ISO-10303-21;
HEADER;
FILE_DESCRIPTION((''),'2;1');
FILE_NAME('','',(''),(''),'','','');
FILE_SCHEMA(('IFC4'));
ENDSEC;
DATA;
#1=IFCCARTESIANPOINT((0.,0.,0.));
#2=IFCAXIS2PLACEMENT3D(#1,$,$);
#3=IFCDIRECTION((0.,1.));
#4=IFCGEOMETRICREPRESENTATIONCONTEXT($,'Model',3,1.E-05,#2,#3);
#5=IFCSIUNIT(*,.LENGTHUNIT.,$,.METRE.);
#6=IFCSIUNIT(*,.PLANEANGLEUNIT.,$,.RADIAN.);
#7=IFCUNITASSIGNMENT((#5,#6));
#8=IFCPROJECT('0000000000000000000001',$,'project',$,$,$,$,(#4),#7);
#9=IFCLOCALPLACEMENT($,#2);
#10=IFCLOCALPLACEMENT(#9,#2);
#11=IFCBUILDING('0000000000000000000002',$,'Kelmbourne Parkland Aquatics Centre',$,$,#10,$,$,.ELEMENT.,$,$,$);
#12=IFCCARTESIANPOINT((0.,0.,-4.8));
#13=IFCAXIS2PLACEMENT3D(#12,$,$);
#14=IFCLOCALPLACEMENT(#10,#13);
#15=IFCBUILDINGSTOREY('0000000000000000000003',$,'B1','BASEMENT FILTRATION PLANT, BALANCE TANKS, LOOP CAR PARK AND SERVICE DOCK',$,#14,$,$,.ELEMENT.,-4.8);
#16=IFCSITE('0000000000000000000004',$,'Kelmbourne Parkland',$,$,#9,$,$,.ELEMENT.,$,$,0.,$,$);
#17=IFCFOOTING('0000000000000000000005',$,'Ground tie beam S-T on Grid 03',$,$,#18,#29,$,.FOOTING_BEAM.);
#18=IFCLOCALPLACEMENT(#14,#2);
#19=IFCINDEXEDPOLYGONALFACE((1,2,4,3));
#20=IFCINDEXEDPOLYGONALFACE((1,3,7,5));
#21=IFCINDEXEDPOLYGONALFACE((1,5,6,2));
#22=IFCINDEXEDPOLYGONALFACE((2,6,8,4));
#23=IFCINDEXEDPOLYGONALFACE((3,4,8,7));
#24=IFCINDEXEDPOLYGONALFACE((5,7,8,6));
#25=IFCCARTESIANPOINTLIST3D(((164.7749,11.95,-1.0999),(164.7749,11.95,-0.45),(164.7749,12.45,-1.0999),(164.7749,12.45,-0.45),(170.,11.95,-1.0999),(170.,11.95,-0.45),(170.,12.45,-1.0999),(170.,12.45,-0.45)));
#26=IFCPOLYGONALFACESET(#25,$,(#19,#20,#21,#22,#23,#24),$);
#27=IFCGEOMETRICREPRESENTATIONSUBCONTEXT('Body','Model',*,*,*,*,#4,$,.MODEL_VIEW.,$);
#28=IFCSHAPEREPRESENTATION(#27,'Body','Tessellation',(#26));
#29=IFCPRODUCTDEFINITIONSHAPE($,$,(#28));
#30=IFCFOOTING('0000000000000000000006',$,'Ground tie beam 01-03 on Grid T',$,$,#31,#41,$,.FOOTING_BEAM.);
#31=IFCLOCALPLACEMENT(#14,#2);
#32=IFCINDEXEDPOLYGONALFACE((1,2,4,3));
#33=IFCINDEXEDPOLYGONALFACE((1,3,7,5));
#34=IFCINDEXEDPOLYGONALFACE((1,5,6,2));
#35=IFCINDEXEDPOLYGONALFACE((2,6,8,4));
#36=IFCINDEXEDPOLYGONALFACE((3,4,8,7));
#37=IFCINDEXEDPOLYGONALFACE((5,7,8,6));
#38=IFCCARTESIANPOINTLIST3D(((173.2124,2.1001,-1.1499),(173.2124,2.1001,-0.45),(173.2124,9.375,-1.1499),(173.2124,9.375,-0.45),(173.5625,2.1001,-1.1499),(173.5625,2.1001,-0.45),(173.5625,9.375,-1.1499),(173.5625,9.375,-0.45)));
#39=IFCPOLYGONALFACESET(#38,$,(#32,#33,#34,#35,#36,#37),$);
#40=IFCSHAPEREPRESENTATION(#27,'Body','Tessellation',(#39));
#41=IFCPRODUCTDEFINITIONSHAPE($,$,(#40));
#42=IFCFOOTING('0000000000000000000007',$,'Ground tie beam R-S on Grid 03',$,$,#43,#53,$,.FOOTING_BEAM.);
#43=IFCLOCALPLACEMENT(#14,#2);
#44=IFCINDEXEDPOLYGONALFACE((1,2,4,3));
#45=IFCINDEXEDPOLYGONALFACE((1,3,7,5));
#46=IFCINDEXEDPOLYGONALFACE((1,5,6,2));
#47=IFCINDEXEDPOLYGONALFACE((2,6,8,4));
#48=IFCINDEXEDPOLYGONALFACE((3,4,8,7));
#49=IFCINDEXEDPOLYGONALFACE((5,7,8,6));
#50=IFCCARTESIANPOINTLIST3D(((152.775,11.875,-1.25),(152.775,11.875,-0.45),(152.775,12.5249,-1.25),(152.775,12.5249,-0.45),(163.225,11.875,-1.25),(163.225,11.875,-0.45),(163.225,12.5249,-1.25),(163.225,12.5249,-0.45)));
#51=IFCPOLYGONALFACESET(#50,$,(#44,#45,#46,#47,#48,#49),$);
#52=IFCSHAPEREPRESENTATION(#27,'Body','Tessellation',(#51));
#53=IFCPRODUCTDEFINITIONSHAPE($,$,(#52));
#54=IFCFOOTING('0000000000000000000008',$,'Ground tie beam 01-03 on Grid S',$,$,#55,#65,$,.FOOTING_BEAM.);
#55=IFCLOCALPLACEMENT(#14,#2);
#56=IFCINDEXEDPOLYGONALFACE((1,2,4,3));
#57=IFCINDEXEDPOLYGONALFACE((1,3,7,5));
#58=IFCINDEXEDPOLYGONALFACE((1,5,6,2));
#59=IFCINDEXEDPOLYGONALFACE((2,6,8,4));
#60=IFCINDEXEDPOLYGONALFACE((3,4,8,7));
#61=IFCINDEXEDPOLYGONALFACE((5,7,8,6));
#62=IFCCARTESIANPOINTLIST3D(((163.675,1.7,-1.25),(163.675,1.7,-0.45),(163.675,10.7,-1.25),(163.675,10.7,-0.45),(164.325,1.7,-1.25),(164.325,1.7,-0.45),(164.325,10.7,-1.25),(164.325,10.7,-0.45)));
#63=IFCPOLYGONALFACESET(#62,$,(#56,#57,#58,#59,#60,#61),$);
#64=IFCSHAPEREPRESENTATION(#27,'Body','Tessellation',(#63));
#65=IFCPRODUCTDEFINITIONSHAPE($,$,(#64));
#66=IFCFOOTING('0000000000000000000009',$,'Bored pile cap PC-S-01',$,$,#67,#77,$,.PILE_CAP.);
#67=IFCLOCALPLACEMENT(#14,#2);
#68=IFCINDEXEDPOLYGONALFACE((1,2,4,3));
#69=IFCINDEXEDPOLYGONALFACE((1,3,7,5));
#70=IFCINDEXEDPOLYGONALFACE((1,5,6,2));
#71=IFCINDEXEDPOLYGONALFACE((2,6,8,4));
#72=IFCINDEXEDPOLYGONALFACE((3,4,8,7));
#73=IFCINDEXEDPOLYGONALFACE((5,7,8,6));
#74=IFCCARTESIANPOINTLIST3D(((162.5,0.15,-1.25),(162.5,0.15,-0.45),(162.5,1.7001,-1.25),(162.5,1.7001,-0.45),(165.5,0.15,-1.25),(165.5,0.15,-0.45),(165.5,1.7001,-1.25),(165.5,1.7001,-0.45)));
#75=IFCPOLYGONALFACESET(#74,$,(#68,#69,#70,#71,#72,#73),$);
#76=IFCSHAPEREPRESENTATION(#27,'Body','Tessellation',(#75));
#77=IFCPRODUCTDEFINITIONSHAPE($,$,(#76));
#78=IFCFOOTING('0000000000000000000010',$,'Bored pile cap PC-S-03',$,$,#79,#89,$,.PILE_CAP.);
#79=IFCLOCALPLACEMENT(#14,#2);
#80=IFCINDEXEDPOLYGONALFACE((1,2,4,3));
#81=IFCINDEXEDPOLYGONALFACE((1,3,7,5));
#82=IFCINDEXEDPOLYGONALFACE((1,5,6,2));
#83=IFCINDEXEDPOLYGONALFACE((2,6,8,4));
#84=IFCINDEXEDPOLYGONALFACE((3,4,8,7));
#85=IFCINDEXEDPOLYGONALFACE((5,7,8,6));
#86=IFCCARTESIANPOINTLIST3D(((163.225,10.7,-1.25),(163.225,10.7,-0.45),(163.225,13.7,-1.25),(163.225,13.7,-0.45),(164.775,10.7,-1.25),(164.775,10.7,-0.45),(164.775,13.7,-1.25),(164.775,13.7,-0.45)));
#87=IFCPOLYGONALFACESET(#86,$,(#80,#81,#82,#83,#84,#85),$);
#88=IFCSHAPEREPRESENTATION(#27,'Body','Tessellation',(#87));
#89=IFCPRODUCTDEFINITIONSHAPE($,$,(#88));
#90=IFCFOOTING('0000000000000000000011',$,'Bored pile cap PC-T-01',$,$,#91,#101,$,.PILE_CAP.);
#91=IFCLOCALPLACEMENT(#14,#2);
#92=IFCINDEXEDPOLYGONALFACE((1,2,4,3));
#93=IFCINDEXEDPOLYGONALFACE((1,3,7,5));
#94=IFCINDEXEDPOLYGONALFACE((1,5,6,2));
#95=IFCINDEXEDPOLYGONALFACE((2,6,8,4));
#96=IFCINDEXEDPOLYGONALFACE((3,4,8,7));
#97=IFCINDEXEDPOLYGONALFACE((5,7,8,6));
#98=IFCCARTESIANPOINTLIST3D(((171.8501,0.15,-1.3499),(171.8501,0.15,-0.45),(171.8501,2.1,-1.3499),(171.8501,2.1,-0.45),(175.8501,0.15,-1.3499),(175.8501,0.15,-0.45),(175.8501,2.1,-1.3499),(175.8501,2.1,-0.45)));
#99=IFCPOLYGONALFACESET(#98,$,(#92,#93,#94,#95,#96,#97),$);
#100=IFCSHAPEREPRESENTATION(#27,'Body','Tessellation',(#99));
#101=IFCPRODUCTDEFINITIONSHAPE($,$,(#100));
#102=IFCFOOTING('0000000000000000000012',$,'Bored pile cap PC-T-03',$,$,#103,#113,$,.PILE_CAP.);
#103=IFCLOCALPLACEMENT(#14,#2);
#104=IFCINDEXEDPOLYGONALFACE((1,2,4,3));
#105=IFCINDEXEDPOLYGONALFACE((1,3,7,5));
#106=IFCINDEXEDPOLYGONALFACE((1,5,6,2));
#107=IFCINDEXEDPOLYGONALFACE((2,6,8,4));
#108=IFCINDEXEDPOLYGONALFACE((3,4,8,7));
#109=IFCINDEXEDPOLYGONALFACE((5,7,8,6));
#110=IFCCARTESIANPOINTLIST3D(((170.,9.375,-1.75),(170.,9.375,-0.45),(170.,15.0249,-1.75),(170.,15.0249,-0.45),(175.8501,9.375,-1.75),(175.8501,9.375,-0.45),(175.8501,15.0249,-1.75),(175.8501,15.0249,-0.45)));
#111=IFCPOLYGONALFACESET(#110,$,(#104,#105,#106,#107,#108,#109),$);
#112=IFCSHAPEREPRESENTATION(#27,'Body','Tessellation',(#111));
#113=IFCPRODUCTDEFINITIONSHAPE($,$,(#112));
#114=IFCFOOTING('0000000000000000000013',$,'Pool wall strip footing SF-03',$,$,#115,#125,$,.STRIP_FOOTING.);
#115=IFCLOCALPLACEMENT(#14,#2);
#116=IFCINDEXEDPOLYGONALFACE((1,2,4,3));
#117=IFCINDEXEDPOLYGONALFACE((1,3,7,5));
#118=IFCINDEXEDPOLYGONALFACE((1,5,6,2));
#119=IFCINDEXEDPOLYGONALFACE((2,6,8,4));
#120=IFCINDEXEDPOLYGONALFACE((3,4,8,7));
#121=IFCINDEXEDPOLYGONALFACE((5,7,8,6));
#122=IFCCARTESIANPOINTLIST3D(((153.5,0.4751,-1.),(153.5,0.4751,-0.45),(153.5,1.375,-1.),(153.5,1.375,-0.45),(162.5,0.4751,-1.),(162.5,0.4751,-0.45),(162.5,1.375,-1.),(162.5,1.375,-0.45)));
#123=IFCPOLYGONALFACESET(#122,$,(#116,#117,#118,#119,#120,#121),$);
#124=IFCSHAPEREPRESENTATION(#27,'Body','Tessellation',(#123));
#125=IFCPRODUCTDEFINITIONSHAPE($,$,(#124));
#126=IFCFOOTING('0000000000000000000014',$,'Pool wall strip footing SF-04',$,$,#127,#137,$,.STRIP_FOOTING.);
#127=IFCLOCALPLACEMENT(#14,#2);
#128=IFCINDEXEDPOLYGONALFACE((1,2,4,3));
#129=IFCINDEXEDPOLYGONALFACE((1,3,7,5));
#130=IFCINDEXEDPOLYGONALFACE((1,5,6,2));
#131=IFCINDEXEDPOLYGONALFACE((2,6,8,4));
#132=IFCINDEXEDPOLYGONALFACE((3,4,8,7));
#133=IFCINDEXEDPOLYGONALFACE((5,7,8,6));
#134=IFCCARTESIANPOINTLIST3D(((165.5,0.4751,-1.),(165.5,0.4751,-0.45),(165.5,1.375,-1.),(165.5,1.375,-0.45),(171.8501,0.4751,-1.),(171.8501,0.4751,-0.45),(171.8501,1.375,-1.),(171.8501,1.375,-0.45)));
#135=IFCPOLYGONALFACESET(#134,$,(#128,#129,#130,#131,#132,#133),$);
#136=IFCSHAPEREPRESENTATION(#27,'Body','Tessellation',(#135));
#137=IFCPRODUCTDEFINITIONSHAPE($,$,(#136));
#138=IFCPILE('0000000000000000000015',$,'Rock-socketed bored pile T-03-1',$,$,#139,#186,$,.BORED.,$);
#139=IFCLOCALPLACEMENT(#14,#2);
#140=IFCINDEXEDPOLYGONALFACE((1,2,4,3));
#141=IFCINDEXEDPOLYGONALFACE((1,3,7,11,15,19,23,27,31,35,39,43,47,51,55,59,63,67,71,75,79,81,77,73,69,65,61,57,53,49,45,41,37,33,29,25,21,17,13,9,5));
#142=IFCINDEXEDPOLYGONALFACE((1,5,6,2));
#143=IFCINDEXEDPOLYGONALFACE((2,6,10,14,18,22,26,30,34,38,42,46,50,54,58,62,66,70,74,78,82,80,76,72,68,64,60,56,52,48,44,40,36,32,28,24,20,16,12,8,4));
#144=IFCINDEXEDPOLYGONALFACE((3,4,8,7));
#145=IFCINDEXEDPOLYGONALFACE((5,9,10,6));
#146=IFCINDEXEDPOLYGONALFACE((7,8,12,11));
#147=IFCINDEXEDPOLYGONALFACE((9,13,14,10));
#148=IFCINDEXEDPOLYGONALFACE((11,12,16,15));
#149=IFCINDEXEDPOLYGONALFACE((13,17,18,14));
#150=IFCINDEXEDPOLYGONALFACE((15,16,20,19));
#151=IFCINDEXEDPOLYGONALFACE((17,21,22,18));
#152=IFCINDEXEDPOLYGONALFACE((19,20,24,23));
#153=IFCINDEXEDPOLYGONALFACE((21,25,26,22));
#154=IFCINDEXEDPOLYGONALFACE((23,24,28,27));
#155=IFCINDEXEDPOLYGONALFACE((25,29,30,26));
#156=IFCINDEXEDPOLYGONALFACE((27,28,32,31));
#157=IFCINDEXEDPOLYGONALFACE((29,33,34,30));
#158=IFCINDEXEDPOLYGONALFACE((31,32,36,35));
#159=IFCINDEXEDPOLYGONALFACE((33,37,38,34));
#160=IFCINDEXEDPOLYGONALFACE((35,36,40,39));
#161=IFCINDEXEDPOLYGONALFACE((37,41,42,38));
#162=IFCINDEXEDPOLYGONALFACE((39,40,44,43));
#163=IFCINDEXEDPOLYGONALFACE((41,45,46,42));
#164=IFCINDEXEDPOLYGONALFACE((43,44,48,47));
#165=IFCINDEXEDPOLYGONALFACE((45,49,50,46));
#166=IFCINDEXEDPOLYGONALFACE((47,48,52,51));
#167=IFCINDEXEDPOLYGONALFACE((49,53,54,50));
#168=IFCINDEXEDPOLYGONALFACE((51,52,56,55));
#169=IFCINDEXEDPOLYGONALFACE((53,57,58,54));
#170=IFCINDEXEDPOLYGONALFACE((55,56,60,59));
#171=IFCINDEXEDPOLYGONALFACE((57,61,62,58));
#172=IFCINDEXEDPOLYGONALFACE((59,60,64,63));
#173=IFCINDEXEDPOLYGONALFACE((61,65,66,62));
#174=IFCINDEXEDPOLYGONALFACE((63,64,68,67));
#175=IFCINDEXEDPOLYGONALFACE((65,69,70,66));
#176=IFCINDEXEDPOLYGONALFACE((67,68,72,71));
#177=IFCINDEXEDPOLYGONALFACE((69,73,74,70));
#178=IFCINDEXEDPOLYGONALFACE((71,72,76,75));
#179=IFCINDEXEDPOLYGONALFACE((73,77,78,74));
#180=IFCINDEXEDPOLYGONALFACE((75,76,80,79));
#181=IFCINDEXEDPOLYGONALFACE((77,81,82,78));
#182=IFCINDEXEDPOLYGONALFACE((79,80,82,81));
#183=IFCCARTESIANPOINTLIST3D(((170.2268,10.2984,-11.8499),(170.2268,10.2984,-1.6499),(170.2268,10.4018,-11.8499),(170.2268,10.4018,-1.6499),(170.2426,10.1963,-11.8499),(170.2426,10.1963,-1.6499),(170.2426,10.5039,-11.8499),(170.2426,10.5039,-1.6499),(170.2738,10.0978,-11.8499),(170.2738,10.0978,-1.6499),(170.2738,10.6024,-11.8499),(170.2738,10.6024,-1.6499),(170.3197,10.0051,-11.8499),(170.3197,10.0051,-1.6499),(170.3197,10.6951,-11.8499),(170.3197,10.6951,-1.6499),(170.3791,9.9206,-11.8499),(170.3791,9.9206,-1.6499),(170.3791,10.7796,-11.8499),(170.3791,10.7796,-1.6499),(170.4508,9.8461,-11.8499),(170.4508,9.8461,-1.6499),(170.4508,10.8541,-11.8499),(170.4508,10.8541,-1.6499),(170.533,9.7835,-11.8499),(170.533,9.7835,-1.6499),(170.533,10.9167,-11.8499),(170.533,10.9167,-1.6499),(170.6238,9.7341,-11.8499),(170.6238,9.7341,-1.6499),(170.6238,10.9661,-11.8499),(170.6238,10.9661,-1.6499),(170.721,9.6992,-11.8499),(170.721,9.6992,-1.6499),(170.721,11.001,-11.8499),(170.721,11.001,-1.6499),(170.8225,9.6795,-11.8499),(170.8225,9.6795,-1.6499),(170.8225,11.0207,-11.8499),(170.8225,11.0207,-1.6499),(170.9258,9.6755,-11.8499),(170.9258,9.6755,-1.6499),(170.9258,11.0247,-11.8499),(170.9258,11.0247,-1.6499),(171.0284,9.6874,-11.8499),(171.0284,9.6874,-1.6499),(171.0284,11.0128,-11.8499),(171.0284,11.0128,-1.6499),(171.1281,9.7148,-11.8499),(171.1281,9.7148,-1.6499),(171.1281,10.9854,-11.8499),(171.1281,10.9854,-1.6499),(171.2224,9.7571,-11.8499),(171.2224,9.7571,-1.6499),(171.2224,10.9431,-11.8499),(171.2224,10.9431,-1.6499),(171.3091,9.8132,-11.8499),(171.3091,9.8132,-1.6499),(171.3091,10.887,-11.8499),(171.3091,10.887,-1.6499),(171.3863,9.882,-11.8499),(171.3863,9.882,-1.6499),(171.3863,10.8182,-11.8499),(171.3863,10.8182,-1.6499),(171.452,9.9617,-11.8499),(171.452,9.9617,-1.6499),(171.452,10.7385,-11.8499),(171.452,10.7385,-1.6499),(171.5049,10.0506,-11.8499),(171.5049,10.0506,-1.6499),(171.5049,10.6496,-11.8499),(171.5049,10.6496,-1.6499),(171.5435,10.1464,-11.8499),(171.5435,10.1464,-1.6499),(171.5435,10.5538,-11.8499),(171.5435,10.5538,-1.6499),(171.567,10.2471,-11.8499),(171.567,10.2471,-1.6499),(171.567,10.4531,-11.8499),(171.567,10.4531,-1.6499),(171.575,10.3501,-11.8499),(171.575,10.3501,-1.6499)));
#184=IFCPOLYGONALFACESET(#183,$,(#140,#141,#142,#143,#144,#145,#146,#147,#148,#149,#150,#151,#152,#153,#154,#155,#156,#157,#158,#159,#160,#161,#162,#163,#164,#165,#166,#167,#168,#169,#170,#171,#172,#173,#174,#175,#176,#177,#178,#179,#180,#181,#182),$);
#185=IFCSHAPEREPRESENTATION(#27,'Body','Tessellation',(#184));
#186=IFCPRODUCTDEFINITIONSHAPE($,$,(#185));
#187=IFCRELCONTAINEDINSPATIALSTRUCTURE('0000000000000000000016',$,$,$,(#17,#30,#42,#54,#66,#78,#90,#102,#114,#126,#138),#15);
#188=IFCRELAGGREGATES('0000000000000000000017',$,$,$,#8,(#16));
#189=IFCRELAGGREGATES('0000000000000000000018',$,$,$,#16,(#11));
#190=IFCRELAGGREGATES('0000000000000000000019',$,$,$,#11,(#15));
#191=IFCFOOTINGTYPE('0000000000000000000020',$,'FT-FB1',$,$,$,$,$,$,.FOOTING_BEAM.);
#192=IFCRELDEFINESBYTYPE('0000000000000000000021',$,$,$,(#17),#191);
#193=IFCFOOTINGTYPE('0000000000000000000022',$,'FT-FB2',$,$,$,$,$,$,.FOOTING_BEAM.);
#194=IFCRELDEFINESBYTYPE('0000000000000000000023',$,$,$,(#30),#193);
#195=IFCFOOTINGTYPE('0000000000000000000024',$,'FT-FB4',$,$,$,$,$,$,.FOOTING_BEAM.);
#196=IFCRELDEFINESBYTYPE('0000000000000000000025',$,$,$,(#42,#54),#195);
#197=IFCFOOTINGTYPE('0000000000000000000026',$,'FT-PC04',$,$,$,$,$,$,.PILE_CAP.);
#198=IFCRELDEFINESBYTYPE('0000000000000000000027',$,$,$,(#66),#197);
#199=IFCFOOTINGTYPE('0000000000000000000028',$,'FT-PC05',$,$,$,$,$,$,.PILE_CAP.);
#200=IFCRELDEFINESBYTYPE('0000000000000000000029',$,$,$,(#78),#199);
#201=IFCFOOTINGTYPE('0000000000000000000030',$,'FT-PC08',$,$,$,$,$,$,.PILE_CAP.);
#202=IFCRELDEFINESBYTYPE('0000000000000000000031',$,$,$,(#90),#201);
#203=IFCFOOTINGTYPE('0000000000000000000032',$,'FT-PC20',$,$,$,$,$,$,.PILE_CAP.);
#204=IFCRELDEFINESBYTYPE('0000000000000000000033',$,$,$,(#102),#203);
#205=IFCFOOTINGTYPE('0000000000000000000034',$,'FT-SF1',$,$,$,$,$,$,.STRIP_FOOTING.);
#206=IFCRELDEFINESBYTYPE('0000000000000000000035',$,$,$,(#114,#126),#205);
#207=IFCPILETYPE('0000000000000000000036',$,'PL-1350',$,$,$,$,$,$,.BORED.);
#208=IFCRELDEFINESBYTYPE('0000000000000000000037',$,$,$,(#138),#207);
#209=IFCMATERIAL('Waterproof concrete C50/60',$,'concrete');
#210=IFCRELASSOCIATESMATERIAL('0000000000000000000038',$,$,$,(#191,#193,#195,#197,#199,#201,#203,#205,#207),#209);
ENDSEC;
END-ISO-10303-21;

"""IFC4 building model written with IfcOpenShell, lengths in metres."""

from ifc_helpers import new_model, si_unit, direction, frame, origin, origin_2d, place, context, subcontext, project, spatial, rectangle, circle, extrude, material, material_profile, profile_set, type_object, element, save


model = new_model("IFC4")

# Units and contexts
model_context = context("Model", 3, precision=1e-05, world=origin(), true_north=direction((0.0, 1.0)))
body_context = subcontext(model_context, "Body", "Model", "MODEL_VIEW")
ifc_project = project(units=[si_unit("LENGTHUNIT", "METRE"), si_unit("PLANEANGLEUNIT", "RADIAN")], contexts=[model_context])

# Site, building, storey
site_placement = place(None, origin())
site = spatial("IfcSite", under=ifc_project, at=site_placement, Name="Kelmbourne Parkland", CompositionType="ELEMENT", RefElevation=0.0)
building_placement = place(site_placement, origin())
building = spatial("IfcBuilding", under=site, at=building_placement, Name="Kelmbourne Parkland Aquatics Centre", CompositionType="ELEMENT")
storey_placement = place(building_placement, frame((0.0, 0.0, -4.8)))
storey = spatial("IfcBuildingStorey", under=building, at=storey_placement, Name="B1", Description="BASEMENT FILTRATION PLANT, BALANCE TANKS, LOOP CAR PARK AND SERVICE DOCK", CompositionType="ELEMENT", Elevation=-4.8)

# Footings
ifc_material_1 = material(Name="Waterproof concrete C50/60", Category="concrete")
footing_type_1 = type_object("IfcFootingType", Name="FT-FB1", PredefinedType="FOOTING_BEAM", material=ifc_material_1)
footing_1_placement = place(storey_placement, frame((167.3875, 12.2, -1.0999), z_axis=(0.0, 0.0, 1.0), x_axis=(1.0, 0.0, 0.0)))
element("IfcFooting", 1, at=footing_1_placement, inside=storey, type_object=footing_type_1, Name="Ground tie beam S-T on Grid 03", PredefinedType="FOOTING_BEAM", context=body_context, shape_type="SweptSolid", body=[
    extrude(rectangle(XDim=5.2251, YDim=0.5, at=origin_2d()), origin(), (0.0, 0.0, 1.0), 0.6499),
])
footing_type_2 = type_object("IfcFootingType", Name="FT-FB2", PredefinedType="FOOTING_BEAM", material=ifc_material_1)
footing_2_placement = place(storey_placement, frame((173.3875, 5.7375, -1.1499), z_axis=(0.0, 0.0, 1.0), x_axis=(0.0, 1.0, 0.0)))
element("IfcFooting", 2, at=footing_2_placement, inside=storey, type_object=footing_type_2, Name="Ground tie beam 01-03 on Grid T", PredefinedType="FOOTING_BEAM", context=body_context, shape_type="SweptSolid", body=[
    extrude(rectangle(XDim=7.2749, YDim=0.3501, at=origin_2d()), origin(), (0.0, 0.0, 1.0), 0.7),
])
footing_type_3 = type_object("IfcFootingType", Name="FT-FB4", PredefinedType="FOOTING_BEAM", material=ifc_material_1)
footing_3_placement = place(storey_placement, frame((158.0, 12.2, -1.25), z_axis=(0.0, 0.0, 1.0), x_axis=(1.0, 0.0, 0.0)))
element("IfcFooting", 3, at=footing_3_placement, inside=storey, type_object=footing_type_3, Name="Ground tie beam R-S on Grid 03", PredefinedType="FOOTING_BEAM", context=body_context, shape_type="SweptSolid", body=[
    extrude(rectangle(XDim=10.45, YDim=0.6499, at=origin_2d()), origin(), (0.0, 0.0, 1.0), 0.8),
])
footing_4_placement = place(storey_placement, frame((164.0, 6.2, -1.25), z_axis=(0.0, 0.0, 1.0), x_axis=(0.0, 1.0, 0.0)))
element("IfcFooting", 4, at=footing_4_placement, inside=storey, type_object=footing_type_3, Name="Ground tie beam 01-03 on Grid S", PredefinedType="FOOTING_BEAM", context=body_context, shape_type="SweptSolid", body=[
    extrude(rectangle(XDim=9.0, YDim=0.6499, at=origin_2d()), origin(), (0.0, 0.0, 1.0), 0.8),
])
footing_type_4 = type_object("IfcFootingType", Name="FT-PC04", PredefinedType="PILE_CAP", material=ifc_material_1)
footing_5_placement = place(storey_placement, frame((164.0, 0.925, -1.25), z_axis=(0.0, 0.0, 1.0), x_axis=(1.0, 0.0, 0.0)))
element("IfcFooting", 5, at=footing_5_placement, inside=storey, type_object=footing_type_4, Name="Bored pile cap PC-S-01", PredefinedType="PILE_CAP", context=body_context, shape_type="SweptSolid", body=[
    extrude(rectangle(XDim=3.0, YDim=1.55, at=origin_2d()), origin(), (0.0, 0.0, 1.0), 0.8),
])
footing_type_5 = type_object("IfcFootingType", Name="FT-PC05", PredefinedType="PILE_CAP", material=ifc_material_1)
footing_6_placement = place(storey_placement, frame((164.0, 12.2, -1.25), z_axis=(0.0, 0.0, 1.0), x_axis=(1.0, 0.0, 0.0)))
element("IfcFooting", 6, at=footing_6_placement, inside=storey, type_object=footing_type_5, Name="Bored pile cap PC-S-03", PredefinedType="PILE_CAP", context=body_context, shape_type="SweptSolid", body=[
    extrude(rectangle(XDim=1.55, YDim=3.0, at=origin_2d()), origin(), (0.0, 0.0, 1.0), 0.8),
])
footing_type_6 = type_object("IfcFootingType", Name="FT-PC08", PredefinedType="PILE_CAP", material=ifc_material_1)
footing_7_placement = place(storey_placement, frame((173.8501, 1.125, -1.3499), z_axis=(0.0, 0.0, 1.0), x_axis=(1.0, 0.0, 0.0)))
element("IfcFooting", 7, at=footing_7_placement, inside=storey, type_object=footing_type_6, Name="Bored pile cap PC-T-01", PredefinedType="PILE_CAP", context=body_context, shape_type="SweptSolid", body=[
    extrude(rectangle(XDim=4.0, YDim=1.95, at=origin_2d()), origin(), (0.0, 0.0, 1.0), 0.8999),
])
footing_type_7 = type_object("IfcFootingType", Name="FT-PC20", PredefinedType="PILE_CAP", material=ifc_material_1)
footing_8_placement = place(storey_placement, frame((172.925, 12.2, -1.75), z_axis=(0.0, 0.0, 1.0), x_axis=(1.0, 0.0, 0.0)))
element("IfcFooting", 8, at=footing_8_placement, inside=storey, type_object=footing_type_7, Name="Bored pile cap PC-T-03", PredefinedType="PILE_CAP", context=body_context, shape_type="SweptSolid", body=[
    extrude(rectangle(XDim=5.8501, YDim=5.6499, at=origin_2d()), origin(), (0.0, 0.0, 1.0), 1.3),
])
footing_type_8 = type_object("IfcFootingType", Name="FT-SF1", PredefinedType="STRIP_FOOTING", material=ifc_material_1)
footing_9_placement = place(storey_placement, frame((158.0, 0.925, -1.0), z_axis=(0.0, 0.0, 1.0), x_axis=(1.0, 0.0, 0.0)))
element("IfcFooting", 9, at=footing_9_placement, inside=storey, type_object=footing_type_8, Name="Pool wall strip footing SF-03", PredefinedType="STRIP_FOOTING", context=body_context, shape_type="SweptSolid", body=[
    extrude(rectangle(XDim=9.0, YDim=0.8999, at=origin_2d()), origin(), (0.0, 0.0, 1.0), 0.55),
])
footing_10_placement = place(storey_placement, frame((168.675, 0.925, -1.0), z_axis=(0.0, 0.0, 1.0), x_axis=(1.0, 0.0, 0.0)))
element("IfcFooting", 10, at=footing_10_placement, inside=storey, type_object=footing_type_8, Name="Pool wall strip footing SF-04", PredefinedType="STRIP_FOOTING", context=body_context, shape_type="SweptSolid", body=[
    extrude(rectangle(XDim=6.3501, YDim=0.8999, at=origin_2d()), origin(), (0.0, 0.0, 1.0), 0.55),
])

# Pile
ifc_material_profile_1 = material_profile(ifc_material_1, circle(Radius=0.675, at=origin_2d()), Name="PILE D1350")
ifc_profile_set_1 = profile_set([ifc_material_profile_1], Name="Waterproof concrete C50/60")
pile_type_1 = type_object("IfcPileType", Name="PL-1350", PredefinedType="BORED", material=ifc_profile_set_1)
for number, where, z_axis, x_axis, name in (
    (11, (170.8999, 10.3501, -1.6499), (0.0, 0.0, -1.0), (1.0, 0.0, 0.0), "Rock-socketed bored pile T-03-1"),
):
    element("IfcPile", number, at=place(storey_placement, frame(where, z_axis=z_axis, x_axis=x_axis)), inside=storey, type_object=pile_type_1, Name=name, PredefinedType="BORED", context=body_context, shape_type="SweptSolid", body=[
        extrude(circle(Radius=0.675, at=origin_2d()), origin(), (0.0, 0.0, 1.0), 10.2),
    ])

save(model, "model.ifc")
